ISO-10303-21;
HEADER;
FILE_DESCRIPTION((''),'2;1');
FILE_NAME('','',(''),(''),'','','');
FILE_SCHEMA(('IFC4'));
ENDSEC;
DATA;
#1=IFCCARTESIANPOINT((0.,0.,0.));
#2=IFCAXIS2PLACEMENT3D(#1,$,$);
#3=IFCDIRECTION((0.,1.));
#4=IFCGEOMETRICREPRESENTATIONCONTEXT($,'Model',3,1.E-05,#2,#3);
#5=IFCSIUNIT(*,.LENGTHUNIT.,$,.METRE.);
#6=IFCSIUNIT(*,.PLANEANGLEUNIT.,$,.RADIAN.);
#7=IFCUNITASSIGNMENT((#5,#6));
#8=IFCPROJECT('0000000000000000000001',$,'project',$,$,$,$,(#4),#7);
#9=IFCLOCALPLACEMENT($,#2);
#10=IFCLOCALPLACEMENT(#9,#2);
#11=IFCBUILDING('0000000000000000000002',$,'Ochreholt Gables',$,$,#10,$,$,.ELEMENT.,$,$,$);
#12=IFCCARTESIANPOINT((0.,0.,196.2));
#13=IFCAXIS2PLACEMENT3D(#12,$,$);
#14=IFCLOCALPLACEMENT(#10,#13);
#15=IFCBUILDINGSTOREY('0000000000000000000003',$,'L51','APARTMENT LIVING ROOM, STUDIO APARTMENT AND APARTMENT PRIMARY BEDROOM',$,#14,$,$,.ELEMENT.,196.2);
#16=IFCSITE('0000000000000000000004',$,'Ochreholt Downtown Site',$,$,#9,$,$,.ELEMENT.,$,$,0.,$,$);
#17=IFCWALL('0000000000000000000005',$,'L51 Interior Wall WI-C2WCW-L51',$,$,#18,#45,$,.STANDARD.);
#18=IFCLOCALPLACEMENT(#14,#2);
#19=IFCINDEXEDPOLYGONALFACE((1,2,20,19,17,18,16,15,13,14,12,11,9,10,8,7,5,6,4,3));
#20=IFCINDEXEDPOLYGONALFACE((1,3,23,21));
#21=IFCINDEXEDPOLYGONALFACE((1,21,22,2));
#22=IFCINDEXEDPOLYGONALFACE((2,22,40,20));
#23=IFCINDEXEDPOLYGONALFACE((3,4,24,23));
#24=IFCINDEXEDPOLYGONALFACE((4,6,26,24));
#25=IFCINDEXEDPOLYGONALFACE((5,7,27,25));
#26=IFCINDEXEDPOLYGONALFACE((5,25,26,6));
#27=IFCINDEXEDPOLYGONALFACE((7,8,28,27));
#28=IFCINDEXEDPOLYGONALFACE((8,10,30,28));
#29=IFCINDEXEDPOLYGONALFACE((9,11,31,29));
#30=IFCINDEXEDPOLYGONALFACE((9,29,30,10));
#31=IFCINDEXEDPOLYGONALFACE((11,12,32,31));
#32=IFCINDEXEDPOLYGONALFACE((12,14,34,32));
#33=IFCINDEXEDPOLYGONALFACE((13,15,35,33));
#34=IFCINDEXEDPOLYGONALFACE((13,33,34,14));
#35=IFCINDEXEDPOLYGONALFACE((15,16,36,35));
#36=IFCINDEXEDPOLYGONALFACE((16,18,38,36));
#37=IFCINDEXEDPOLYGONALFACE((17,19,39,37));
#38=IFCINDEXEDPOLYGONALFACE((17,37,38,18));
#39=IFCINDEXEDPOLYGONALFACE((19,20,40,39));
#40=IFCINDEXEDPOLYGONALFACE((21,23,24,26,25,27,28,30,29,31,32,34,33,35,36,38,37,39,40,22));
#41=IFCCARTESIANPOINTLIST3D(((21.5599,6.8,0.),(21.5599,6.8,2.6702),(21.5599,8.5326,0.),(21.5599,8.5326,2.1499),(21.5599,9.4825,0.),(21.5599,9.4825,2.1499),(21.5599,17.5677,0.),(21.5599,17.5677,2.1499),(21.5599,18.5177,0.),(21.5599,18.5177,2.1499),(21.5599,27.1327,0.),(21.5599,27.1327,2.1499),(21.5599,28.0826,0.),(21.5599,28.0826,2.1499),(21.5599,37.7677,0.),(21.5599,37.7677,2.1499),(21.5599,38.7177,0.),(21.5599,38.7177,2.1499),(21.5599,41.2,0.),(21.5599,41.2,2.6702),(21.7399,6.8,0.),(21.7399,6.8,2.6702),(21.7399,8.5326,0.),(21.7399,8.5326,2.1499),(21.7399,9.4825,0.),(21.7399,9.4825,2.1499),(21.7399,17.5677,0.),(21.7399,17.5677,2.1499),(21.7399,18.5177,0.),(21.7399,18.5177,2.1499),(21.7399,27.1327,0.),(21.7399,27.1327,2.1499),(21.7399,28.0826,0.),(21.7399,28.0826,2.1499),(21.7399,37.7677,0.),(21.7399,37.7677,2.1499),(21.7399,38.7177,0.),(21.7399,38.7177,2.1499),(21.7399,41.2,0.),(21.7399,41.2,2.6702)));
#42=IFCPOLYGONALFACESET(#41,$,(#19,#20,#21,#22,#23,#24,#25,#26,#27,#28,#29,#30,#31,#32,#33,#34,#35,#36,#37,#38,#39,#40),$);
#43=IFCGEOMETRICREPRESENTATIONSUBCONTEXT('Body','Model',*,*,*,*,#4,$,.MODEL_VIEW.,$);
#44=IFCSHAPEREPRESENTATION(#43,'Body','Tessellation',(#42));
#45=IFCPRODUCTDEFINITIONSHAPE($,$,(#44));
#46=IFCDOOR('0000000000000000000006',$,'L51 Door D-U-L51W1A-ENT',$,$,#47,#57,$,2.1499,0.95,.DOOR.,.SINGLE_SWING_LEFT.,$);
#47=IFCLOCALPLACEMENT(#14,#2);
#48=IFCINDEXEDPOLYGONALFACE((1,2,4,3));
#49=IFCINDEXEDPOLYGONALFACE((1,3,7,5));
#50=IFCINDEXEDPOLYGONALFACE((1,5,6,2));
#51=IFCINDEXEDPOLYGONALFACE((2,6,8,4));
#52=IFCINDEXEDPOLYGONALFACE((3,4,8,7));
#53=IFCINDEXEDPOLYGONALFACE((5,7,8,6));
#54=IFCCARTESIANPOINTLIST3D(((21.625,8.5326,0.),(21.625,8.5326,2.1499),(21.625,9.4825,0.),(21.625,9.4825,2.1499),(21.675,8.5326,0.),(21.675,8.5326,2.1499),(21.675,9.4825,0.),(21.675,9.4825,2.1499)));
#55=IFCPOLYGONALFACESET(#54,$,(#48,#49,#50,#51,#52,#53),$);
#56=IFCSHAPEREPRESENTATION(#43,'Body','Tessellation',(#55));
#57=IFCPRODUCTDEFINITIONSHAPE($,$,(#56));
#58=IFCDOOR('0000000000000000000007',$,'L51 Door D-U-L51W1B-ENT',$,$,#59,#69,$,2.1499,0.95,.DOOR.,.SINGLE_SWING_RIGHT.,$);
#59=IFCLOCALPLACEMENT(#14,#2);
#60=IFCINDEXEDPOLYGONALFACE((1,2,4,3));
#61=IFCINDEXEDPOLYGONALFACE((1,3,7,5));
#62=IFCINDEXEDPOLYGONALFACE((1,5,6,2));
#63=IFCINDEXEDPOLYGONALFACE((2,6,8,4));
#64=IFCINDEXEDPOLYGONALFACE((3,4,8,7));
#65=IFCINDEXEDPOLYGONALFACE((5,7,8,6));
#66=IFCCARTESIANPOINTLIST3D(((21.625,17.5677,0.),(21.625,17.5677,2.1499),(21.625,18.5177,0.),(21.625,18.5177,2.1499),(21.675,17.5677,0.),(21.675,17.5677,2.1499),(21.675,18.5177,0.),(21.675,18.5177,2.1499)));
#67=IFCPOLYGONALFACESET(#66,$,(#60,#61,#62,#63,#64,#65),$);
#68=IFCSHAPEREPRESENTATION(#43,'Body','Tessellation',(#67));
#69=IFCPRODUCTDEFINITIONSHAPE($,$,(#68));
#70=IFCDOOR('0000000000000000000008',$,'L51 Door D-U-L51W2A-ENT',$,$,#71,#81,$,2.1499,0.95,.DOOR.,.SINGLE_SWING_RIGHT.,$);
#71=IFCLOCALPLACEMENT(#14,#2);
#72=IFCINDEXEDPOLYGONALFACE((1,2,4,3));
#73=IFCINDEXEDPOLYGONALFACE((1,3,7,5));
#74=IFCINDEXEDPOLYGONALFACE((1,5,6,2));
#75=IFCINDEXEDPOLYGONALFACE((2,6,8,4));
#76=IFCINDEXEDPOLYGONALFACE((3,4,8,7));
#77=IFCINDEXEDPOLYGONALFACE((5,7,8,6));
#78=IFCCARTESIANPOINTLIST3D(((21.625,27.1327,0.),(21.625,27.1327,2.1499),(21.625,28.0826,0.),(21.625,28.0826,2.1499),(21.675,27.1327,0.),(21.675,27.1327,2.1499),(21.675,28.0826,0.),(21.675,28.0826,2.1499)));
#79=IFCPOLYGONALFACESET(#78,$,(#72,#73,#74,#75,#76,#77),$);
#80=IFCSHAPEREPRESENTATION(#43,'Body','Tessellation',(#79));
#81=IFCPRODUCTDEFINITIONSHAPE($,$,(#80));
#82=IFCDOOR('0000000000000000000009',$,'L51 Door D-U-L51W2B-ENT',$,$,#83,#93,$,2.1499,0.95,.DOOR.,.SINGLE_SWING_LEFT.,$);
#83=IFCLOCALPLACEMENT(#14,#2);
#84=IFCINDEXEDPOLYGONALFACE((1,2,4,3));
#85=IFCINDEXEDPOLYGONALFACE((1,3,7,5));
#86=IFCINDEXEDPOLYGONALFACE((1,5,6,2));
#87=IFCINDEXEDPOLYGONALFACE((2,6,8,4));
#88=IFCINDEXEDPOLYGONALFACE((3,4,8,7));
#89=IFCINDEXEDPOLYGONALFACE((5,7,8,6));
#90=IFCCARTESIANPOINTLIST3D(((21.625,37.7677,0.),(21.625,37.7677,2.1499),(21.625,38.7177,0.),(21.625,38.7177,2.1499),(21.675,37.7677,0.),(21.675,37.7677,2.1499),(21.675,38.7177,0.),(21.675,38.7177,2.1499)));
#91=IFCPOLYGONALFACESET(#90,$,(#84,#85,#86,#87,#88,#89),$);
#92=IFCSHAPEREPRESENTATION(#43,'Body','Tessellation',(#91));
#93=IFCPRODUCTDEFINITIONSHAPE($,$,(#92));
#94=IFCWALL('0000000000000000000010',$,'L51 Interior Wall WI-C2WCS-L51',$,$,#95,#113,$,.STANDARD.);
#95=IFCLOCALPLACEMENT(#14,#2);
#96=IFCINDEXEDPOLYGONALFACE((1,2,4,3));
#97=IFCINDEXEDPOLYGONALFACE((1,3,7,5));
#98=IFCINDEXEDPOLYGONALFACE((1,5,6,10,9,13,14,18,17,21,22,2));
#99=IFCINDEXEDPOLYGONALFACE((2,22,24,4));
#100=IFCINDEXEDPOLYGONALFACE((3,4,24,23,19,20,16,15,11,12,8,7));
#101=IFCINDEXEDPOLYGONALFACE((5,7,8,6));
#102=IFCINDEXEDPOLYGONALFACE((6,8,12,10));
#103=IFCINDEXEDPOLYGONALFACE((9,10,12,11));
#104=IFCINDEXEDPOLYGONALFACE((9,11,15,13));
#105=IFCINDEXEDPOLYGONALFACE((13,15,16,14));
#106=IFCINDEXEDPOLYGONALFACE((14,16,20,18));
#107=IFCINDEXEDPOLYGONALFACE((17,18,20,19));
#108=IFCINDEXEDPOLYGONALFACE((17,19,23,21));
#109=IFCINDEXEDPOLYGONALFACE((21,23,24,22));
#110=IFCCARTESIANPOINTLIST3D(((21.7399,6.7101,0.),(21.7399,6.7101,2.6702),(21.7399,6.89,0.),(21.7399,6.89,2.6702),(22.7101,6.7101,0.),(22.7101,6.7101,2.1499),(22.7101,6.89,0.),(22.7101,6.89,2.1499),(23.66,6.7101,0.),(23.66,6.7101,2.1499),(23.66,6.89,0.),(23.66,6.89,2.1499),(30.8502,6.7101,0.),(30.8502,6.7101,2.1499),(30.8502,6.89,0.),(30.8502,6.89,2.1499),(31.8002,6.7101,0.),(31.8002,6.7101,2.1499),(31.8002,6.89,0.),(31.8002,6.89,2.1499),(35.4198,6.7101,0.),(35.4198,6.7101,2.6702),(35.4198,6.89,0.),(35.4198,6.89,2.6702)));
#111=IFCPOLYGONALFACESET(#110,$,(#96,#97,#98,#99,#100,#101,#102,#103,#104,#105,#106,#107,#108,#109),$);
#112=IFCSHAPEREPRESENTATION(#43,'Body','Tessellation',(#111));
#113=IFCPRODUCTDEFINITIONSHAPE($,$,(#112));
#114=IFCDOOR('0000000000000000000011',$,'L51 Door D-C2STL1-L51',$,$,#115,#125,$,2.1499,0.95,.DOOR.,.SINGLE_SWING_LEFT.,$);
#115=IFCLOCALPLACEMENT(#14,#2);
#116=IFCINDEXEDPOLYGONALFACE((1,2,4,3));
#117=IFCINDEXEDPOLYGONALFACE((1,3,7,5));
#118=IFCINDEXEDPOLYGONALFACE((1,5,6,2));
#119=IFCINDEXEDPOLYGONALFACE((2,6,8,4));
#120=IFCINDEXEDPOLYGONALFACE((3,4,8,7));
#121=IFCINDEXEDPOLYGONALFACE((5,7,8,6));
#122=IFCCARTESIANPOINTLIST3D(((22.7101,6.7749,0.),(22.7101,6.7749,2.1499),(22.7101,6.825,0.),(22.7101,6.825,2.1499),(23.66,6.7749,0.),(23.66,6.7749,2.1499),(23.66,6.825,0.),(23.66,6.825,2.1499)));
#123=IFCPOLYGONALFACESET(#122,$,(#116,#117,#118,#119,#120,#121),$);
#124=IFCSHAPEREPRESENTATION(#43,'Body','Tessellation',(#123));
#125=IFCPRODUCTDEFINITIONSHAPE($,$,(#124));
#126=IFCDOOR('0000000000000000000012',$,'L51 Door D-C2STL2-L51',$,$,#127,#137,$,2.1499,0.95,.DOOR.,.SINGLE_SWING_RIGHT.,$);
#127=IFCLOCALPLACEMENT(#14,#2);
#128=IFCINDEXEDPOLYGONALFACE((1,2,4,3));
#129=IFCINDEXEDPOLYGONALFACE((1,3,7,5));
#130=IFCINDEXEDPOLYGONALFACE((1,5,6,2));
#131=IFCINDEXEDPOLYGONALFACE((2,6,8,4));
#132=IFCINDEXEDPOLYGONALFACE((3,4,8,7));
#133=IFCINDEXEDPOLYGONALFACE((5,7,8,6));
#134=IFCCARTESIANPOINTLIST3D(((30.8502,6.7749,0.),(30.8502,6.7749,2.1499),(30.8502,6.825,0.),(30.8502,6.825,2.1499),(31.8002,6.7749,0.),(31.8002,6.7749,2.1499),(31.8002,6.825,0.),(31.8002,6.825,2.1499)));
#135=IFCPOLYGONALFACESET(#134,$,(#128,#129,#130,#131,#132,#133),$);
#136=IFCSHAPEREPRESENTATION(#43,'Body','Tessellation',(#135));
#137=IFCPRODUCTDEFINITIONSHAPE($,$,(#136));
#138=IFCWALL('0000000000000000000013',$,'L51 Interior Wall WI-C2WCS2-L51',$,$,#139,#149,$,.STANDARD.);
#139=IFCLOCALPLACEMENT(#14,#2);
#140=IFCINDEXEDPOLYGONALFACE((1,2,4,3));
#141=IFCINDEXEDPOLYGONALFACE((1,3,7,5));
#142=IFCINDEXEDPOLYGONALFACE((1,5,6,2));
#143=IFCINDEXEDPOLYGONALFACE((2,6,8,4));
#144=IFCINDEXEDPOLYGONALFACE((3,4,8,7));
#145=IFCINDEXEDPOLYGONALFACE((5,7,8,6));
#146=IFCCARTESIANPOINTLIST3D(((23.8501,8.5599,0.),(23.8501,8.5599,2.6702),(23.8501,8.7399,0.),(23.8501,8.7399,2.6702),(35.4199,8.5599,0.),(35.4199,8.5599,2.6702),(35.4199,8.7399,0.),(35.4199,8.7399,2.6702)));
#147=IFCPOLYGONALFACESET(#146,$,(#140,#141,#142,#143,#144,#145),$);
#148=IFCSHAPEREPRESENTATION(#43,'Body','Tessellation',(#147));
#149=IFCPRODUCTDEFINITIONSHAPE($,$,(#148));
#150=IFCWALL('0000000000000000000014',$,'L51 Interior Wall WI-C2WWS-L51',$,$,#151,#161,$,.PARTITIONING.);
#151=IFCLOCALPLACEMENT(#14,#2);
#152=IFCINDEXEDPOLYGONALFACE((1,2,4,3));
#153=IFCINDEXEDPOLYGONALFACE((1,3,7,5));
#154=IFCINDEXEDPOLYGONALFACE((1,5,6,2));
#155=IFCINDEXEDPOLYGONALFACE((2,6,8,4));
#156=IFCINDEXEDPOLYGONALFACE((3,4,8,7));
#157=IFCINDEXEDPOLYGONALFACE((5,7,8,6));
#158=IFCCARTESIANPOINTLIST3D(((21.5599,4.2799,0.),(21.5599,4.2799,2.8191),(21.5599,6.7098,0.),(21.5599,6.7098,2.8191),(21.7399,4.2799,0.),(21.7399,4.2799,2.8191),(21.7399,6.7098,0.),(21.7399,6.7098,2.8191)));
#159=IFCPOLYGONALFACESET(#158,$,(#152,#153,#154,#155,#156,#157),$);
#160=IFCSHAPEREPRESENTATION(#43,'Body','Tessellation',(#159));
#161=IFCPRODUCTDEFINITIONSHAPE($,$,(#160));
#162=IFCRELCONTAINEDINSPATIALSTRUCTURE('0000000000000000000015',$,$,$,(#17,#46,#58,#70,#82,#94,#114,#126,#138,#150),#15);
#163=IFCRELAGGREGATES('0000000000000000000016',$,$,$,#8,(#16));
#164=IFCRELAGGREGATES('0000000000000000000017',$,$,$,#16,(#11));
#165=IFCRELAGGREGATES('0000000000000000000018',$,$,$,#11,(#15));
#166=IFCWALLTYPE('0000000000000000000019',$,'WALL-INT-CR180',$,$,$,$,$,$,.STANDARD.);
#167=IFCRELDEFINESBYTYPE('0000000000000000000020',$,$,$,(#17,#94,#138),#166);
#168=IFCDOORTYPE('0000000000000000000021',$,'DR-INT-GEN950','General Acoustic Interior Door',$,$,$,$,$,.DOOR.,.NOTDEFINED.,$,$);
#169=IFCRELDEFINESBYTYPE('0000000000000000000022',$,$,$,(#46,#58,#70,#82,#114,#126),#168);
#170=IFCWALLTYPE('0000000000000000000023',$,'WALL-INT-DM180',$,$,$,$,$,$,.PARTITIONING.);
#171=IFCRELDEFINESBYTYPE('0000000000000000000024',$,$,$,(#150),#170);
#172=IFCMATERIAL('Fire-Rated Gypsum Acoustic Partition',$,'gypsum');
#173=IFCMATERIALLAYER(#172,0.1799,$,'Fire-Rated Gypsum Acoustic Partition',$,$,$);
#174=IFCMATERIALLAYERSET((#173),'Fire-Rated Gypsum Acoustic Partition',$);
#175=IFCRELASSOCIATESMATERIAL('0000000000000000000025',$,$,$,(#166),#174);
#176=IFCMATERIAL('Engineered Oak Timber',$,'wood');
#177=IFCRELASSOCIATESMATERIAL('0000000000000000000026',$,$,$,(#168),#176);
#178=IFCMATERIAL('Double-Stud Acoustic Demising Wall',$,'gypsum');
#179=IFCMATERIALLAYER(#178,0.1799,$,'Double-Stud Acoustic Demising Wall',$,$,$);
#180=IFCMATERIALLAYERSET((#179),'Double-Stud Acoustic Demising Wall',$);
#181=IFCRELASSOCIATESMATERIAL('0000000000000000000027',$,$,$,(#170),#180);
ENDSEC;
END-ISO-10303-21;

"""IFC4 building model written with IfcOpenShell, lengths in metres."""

from ifc_helpers import new_model, si_unit, direction, frame, frame_2d, origin, place, context, subcontext, project, spatial, rectangle, extrude, material, layer, layer_set, type_object, element, fill, save


model = new_model("IFC4")

# Units and contexts
model_context = context("Model", 3, precision=1e-05, world=origin(), true_north=direction((0.0, 1.0)))
body_context = subcontext(model_context, "Body", "Model", "MODEL_VIEW")
ifc_project = project(units=[si_unit("LENGTHUNIT", "METRE"), si_unit("PLANEANGLEUNIT", "RADIAN")], contexts=[model_context])

# Site, building, storey
site_placement = place(None, origin())
site = spatial("IfcSite", under=ifc_project, at=site_placement, Name="Ochreholt Downtown Site", CompositionType="ELEMENT", RefElevation=0.0)
building_placement = place(site_placement, origin())
building = spatial("IfcBuilding", under=site, at=building_placement, Name="Ochreholt Gables", CompositionType="ELEMENT")
storey_placement = place(building_placement, frame((0.0, 0.0, 196.2)))
storey = spatial("IfcBuildingStorey", under=building, at=storey_placement, Name="L51", Description="APARTMENT LIVING ROOM, STUDIO APARTMENT AND APARTMENT PRIMARY BEDROOM", CompositionType="ELEMENT", Elevation=196.2)

# Walls, openings, doors
ifc_material_1 = material(Name="Fire-Rated Gypsum Acoustic Partition", Category="gypsum")
ifc_layer_1 = layer(ifc_material_1, 0.1799, Name="Fire-Rated Gypsum Acoustic Partition")
ifc_layer_set_1 = layer_set([ifc_layer_1], Name="Fire-Rated Gypsum Acoustic Partition")
wall_type_1 = type_object("IfcWallType", Name="WALL-INT-CR180", PredefinedType="STANDARD", material=ifc_layer_set_1)
wall_1_placement = place(storey_placement, frame((21.6499, 6.8, 0.0), z_axis=(0.0, 0.0, 1.0), x_axis=(0.0, 1.0, 0.0)))
wall_1 = element("IfcWall", 1, at=wall_1_placement, inside=storey, type_object=wall_type_1, Name="L51 Interior Wall WI-C2WCW-L51", PredefinedType="STANDARD", context=body_context, shape_type="SweptSolid", body=[
    extrude(rectangle(XDim=34.3999, YDim=0.1799, at=frame_2d((17.2, 0.0))), origin(), (0.0, 0.0, 1.0), 2.6702),
])
opening_1_placement = place(wall_1_placement, frame((1.7324, 0.0, 0.0)))
opening_1 = element("IfcOpeningElement", 2, at=opening_1_placement, cuts=wall_1, PredefinedType="OPENING", context=body_context, shape_type="SweptSolid", body=[
    extrude(rectangle(XDim=0.95, YDim=2.1499, at=frame_2d((0.4751, 1.075))), frame((0.0, 0.0999, 0.0), z_axis=(0.0, -1.0, 0.0), x_axis=(1.0, 0.0, 0.0)), (0.0, 0.0, 1.0), 0.2),
])
opening_2_placement = place(wall_1_placement, frame((10.7676, 0.0, 0.0)))
opening_2 = element("IfcOpeningElement", 3, at=opening_2_placement, cuts=wall_1, PredefinedType="OPENING", context=body_context, shape_type="SweptSolid", body=[
    extrude(rectangle(XDim=0.95, YDim=2.1499, at=frame_2d((0.4751, 1.075))), frame((0.0, 0.0999, 0.0), z_axis=(0.0, -1.0, 0.0), x_axis=(1.0, 0.0, 0.0)), (0.0, 0.0, 1.0), 0.2),
])
opening_3_placement = place(wall_1_placement, frame((20.3325, 0.0, 0.0)))
opening_3 = element("IfcOpeningElement", 4, at=opening_3_placement, cuts=wall_1, PredefinedType="OPENING", context=body_context, shape_type="SweptSolid", body=[
    extrude(rectangle(XDim=0.95, YDim=2.1499, at=frame_2d((0.4751, 1.075))), frame((0.0, 0.0999, 0.0), z_axis=(0.0, -1.0, 0.0), x_axis=(1.0, 0.0, 0.0)), (0.0, 0.0, 1.0), 0.2),
])
opening_4_placement = place(wall_1_placement, frame((30.9675, 0.0, 0.0)))
opening_4 = element("IfcOpeningElement", 5, at=opening_4_placement, cuts=wall_1, PredefinedType="OPENING", context=body_context, shape_type="SweptSolid", body=[
    extrude(rectangle(XDim=0.95, YDim=2.1499, at=frame_2d((0.4751, 1.075))), frame((0.0, 0.0999, 0.0), z_axis=(0.0, -1.0, 0.0), x_axis=(1.0, 0.0, 0.0)), (0.0, 0.0, 1.0), 0.2),
])
ifc_material_2 = material(Name="Engineered Oak Timber", Category="wood")
door_type = type_object("IfcDoorType", Name="DR-INT-GEN950", Description="General Acoustic Interior Door", OperationType="NOTDEFINED", PredefinedType="DOOR", material=ifc_material_2)
door_1_placement = place(opening_1_placement, origin())
door_1 = element("IfcDoor", 6, at=door_1_placement, inside=storey, type_object=door_type, Name="L51 Door D-U-L51W1A-ENT", OperationType="SINGLE_SWING_LEFT", OverallHeight=2.1499, OverallWidth=0.95, PredefinedType="DOOR", context=body_context, shape_type="SweptSolid", body=[
    extrude(rectangle(XDim=0.95, YDim=2.1499, at=frame_2d((0.4751, 1.075))), frame((0.0, 0.0249, 0.0), z_axis=(0.0, -1.0, 0.0), x_axis=(1.0, 0.0, 0.0)), (0.0, 0.0, 1.0), 0.05),
])
fill(opening_1, door_1)
door_2_placement = place(opening_2_placement, origin())
door_2 = element("IfcDoor", 7, at=door_2_placement, inside=storey, type_object=door_type, Name="L51 Door D-U-L51W1B-ENT", OperationType="SINGLE_SWING_RIGHT", OverallHeight=2.1499, OverallWidth=0.95, PredefinedType="DOOR", context=body_context, shape_type="SweptSolid", body=[
    extrude(rectangle(XDim=0.95, YDim=2.1499, at=frame_2d((0.4751, 1.075))), frame((0.0, 0.0249, 0.0), z_axis=(0.0, -1.0, 0.0), x_axis=(1.0, 0.0, 0.0)), (0.0, 0.0, 1.0), 0.05),
])
fill(opening_2, door_2)
door_3_placement = place(opening_3_placement, origin())
door_3 = element("IfcDoor", 8, at=door_3_placement, inside=storey, type_object=door_type, Name="L51 Door D-U-L51W2A-ENT", OperationType="SINGLE_SWING_RIGHT", OverallHeight=2.1499, OverallWidth=0.95, PredefinedType="DOOR", context=body_context, shape_type="SweptSolid", body=[
    extrude(rectangle(XDim=0.95, YDim=2.1499, at=frame_2d((0.4751, 1.075))), frame((0.0, 0.0249, 0.0), z_axis=(0.0, -1.0, 0.0), x_axis=(1.0, 0.0, 0.0)), (0.0, 0.0, 1.0), 0.05),
])
fill(opening_3, door_3)
door_4_placement = place(opening_4_placement, origin())
door_4 = element("IfcDoor", 9, at=door_4_placement, inside=storey, type_object=door_type, Name="L51 Door D-U-L51W2B-ENT", OperationType="SINGLE_SWING_LEFT", OverallHeight=2.1499, OverallWidth=0.95, PredefinedType="DOOR", context=body_context, shape_type="SweptSolid", body=[
    extrude(rectangle(XDim=0.95, YDim=2.1499, at=frame_2d((0.4751, 1.075))), frame((0.0, 0.0249, 0.0), z_axis=(0.0, -1.0, 0.0), x_axis=(1.0, 0.0, 0.0)), (0.0, 0.0, 1.0), 0.05),
])
fill(opening_4, door_4)
wall_2_placement = place(storey_placement, frame((21.74, 6.8, 0.0), z_axis=(0.0, 0.0, 1.0), x_axis=(1.0, 0.0, 0.0)))
wall_2 = element("IfcWall", 10, at=wall_2_placement, inside=storey, type_object=wall_type_1, Name="L51 Interior Wall WI-C2WCS-L51", PredefinedType="STANDARD", context=body_context, shape_type="SweptSolid", body=[
    extrude(rectangle(XDim=13.6799, YDim=0.1799, at=frame_2d((6.8398, 0.0))), origin(), (0.0, 0.0, 1.0), 2.6702),
])
opening_5_placement = place(wall_2_placement, frame((0.97, 0.0, 0.0)))
opening_5 = element("IfcOpeningElement", 11, at=opening_5_placement, cuts=wall_2, PredefinedType="OPENING", context=body_context, shape_type="SweptSolid", body=[
    extrude(rectangle(XDim=0.95, YDim=2.1499, at=frame_2d((0.4751, 1.075))), frame((0.0, 0.0999, 0.0), z_axis=(0.0, -1.0, 0.0), x_axis=(1.0, 0.0, 0.0)), (0.0, 0.0, 1.0), 0.2),
])
opening_6_placement = place(wall_2_placement, frame((9.1101, 0.0, 0.0)))
opening_6 = element("IfcOpeningElement", 12, at=opening_6_placement, cuts=wall_2, PredefinedType="OPENING", context=body_context, shape_type="SweptSolid", body=[
    extrude(rectangle(XDim=0.95, YDim=2.1499, at=frame_2d((0.4751, 1.075))), frame((0.0, 0.0999, 0.0), z_axis=(0.0, -1.0, 0.0), x_axis=(1.0, 0.0, 0.0)), (0.0, 0.0, 1.0), 0.2),
])
door_5_placement = place(opening_5_placement, origin())
door_5 = element("IfcDoor", 13, at=door_5_placement, inside=storey, type_object=door_type, Name="L51 Door D-C2STL1-L51", OperationType="SINGLE_SWING_LEFT", OverallHeight=2.1499, OverallWidth=0.95, PredefinedType="DOOR", context=body_context, shape_type="SweptSolid", body=[
    extrude(rectangle(XDim=0.95, YDim=2.1499, at=frame_2d((0.4751, 1.075))), frame((0.0, 0.0249, 0.0), z_axis=(0.0, -1.0, 0.0), x_axis=(1.0, 0.0, 0.0)), (0.0, 0.0, 1.0), 0.05),
])
fill(opening_5, door_5)
door_6_placement = place(opening_6_placement, origin())
door_6 = element("IfcDoor", 14, at=door_6_placement, inside=storey, type_object=door_type, Name="L51 Door D-C2STL2-L51", OperationType="SINGLE_SWING_RIGHT", OverallHeight=2.1499, OverallWidth=0.95, PredefinedType="DOOR", context=body_context, shape_type="SweptSolid", body=[
    extrude(rectangle(XDim=0.95, YDim=2.1499, at=frame_2d((0.4751, 1.075))), frame((0.0, 0.0249, 0.0), z_axis=(0.0, -1.0, 0.0), x_axis=(1.0, 0.0, 0.0)), (0.0, 0.0, 1.0), 0.05),
])
fill(opening_6, door_6)

# Walls
wall_3_placement = place(storey_placement, frame((23.8501, 8.6499, 0.0), z_axis=(0.0, 0.0, 1.0), x_axis=(1.0, 0.0, 0.0)))
element("IfcWall", 15, at=wall_3_placement, inside=storey, type_object=wall_type_1, Name="L51 Interior Wall WI-C2WCS2-L51", PredefinedType="STANDARD", context=body_context, shape_type="SweptSolid", body=[
    extrude(rectangle(XDim=11.5698, YDim=0.1799, at=frame_2d((5.7849, 0.0))), origin(), (0.0, 0.0, 1.0), 2.6702),
])
ifc_material_3 = material(Name="Double-Stud Acoustic Demising Wall", Category="gypsum")
ifc_layer_2 = layer(ifc_material_3, 0.1799, Name="Double-Stud Acoustic Demising Wall")
ifc_layer_set_2 = layer_set([ifc_layer_2], Name="Double-Stud Acoustic Demising Wall")
wall_type_2 = type_object("IfcWallType", Name="WALL-INT-DM180", PredefinedType="PARTITIONING", material=ifc_layer_set_2)
wall_4_placement = place(storey_placement, frame((21.6499, 4.28, 0.0), z_axis=(0.0, 0.0, 1.0), x_axis=(0.0, 1.0, 0.0)))
element("IfcWall", 16, at=wall_4_placement, inside=storey, type_object=wall_type_2, Name="L51 Interior Wall WI-C2WWS-L51", PredefinedType="PARTITIONING", context=body_context, shape_type="SweptSolid", body=[
    extrude(rectangle(XDim=2.4299, YDim=0.1799, at=frame_2d((1.2148, 0.0))), origin(), (0.0, 0.0, 1.0), 2.8191),
])

save(model, "model.ifc")
